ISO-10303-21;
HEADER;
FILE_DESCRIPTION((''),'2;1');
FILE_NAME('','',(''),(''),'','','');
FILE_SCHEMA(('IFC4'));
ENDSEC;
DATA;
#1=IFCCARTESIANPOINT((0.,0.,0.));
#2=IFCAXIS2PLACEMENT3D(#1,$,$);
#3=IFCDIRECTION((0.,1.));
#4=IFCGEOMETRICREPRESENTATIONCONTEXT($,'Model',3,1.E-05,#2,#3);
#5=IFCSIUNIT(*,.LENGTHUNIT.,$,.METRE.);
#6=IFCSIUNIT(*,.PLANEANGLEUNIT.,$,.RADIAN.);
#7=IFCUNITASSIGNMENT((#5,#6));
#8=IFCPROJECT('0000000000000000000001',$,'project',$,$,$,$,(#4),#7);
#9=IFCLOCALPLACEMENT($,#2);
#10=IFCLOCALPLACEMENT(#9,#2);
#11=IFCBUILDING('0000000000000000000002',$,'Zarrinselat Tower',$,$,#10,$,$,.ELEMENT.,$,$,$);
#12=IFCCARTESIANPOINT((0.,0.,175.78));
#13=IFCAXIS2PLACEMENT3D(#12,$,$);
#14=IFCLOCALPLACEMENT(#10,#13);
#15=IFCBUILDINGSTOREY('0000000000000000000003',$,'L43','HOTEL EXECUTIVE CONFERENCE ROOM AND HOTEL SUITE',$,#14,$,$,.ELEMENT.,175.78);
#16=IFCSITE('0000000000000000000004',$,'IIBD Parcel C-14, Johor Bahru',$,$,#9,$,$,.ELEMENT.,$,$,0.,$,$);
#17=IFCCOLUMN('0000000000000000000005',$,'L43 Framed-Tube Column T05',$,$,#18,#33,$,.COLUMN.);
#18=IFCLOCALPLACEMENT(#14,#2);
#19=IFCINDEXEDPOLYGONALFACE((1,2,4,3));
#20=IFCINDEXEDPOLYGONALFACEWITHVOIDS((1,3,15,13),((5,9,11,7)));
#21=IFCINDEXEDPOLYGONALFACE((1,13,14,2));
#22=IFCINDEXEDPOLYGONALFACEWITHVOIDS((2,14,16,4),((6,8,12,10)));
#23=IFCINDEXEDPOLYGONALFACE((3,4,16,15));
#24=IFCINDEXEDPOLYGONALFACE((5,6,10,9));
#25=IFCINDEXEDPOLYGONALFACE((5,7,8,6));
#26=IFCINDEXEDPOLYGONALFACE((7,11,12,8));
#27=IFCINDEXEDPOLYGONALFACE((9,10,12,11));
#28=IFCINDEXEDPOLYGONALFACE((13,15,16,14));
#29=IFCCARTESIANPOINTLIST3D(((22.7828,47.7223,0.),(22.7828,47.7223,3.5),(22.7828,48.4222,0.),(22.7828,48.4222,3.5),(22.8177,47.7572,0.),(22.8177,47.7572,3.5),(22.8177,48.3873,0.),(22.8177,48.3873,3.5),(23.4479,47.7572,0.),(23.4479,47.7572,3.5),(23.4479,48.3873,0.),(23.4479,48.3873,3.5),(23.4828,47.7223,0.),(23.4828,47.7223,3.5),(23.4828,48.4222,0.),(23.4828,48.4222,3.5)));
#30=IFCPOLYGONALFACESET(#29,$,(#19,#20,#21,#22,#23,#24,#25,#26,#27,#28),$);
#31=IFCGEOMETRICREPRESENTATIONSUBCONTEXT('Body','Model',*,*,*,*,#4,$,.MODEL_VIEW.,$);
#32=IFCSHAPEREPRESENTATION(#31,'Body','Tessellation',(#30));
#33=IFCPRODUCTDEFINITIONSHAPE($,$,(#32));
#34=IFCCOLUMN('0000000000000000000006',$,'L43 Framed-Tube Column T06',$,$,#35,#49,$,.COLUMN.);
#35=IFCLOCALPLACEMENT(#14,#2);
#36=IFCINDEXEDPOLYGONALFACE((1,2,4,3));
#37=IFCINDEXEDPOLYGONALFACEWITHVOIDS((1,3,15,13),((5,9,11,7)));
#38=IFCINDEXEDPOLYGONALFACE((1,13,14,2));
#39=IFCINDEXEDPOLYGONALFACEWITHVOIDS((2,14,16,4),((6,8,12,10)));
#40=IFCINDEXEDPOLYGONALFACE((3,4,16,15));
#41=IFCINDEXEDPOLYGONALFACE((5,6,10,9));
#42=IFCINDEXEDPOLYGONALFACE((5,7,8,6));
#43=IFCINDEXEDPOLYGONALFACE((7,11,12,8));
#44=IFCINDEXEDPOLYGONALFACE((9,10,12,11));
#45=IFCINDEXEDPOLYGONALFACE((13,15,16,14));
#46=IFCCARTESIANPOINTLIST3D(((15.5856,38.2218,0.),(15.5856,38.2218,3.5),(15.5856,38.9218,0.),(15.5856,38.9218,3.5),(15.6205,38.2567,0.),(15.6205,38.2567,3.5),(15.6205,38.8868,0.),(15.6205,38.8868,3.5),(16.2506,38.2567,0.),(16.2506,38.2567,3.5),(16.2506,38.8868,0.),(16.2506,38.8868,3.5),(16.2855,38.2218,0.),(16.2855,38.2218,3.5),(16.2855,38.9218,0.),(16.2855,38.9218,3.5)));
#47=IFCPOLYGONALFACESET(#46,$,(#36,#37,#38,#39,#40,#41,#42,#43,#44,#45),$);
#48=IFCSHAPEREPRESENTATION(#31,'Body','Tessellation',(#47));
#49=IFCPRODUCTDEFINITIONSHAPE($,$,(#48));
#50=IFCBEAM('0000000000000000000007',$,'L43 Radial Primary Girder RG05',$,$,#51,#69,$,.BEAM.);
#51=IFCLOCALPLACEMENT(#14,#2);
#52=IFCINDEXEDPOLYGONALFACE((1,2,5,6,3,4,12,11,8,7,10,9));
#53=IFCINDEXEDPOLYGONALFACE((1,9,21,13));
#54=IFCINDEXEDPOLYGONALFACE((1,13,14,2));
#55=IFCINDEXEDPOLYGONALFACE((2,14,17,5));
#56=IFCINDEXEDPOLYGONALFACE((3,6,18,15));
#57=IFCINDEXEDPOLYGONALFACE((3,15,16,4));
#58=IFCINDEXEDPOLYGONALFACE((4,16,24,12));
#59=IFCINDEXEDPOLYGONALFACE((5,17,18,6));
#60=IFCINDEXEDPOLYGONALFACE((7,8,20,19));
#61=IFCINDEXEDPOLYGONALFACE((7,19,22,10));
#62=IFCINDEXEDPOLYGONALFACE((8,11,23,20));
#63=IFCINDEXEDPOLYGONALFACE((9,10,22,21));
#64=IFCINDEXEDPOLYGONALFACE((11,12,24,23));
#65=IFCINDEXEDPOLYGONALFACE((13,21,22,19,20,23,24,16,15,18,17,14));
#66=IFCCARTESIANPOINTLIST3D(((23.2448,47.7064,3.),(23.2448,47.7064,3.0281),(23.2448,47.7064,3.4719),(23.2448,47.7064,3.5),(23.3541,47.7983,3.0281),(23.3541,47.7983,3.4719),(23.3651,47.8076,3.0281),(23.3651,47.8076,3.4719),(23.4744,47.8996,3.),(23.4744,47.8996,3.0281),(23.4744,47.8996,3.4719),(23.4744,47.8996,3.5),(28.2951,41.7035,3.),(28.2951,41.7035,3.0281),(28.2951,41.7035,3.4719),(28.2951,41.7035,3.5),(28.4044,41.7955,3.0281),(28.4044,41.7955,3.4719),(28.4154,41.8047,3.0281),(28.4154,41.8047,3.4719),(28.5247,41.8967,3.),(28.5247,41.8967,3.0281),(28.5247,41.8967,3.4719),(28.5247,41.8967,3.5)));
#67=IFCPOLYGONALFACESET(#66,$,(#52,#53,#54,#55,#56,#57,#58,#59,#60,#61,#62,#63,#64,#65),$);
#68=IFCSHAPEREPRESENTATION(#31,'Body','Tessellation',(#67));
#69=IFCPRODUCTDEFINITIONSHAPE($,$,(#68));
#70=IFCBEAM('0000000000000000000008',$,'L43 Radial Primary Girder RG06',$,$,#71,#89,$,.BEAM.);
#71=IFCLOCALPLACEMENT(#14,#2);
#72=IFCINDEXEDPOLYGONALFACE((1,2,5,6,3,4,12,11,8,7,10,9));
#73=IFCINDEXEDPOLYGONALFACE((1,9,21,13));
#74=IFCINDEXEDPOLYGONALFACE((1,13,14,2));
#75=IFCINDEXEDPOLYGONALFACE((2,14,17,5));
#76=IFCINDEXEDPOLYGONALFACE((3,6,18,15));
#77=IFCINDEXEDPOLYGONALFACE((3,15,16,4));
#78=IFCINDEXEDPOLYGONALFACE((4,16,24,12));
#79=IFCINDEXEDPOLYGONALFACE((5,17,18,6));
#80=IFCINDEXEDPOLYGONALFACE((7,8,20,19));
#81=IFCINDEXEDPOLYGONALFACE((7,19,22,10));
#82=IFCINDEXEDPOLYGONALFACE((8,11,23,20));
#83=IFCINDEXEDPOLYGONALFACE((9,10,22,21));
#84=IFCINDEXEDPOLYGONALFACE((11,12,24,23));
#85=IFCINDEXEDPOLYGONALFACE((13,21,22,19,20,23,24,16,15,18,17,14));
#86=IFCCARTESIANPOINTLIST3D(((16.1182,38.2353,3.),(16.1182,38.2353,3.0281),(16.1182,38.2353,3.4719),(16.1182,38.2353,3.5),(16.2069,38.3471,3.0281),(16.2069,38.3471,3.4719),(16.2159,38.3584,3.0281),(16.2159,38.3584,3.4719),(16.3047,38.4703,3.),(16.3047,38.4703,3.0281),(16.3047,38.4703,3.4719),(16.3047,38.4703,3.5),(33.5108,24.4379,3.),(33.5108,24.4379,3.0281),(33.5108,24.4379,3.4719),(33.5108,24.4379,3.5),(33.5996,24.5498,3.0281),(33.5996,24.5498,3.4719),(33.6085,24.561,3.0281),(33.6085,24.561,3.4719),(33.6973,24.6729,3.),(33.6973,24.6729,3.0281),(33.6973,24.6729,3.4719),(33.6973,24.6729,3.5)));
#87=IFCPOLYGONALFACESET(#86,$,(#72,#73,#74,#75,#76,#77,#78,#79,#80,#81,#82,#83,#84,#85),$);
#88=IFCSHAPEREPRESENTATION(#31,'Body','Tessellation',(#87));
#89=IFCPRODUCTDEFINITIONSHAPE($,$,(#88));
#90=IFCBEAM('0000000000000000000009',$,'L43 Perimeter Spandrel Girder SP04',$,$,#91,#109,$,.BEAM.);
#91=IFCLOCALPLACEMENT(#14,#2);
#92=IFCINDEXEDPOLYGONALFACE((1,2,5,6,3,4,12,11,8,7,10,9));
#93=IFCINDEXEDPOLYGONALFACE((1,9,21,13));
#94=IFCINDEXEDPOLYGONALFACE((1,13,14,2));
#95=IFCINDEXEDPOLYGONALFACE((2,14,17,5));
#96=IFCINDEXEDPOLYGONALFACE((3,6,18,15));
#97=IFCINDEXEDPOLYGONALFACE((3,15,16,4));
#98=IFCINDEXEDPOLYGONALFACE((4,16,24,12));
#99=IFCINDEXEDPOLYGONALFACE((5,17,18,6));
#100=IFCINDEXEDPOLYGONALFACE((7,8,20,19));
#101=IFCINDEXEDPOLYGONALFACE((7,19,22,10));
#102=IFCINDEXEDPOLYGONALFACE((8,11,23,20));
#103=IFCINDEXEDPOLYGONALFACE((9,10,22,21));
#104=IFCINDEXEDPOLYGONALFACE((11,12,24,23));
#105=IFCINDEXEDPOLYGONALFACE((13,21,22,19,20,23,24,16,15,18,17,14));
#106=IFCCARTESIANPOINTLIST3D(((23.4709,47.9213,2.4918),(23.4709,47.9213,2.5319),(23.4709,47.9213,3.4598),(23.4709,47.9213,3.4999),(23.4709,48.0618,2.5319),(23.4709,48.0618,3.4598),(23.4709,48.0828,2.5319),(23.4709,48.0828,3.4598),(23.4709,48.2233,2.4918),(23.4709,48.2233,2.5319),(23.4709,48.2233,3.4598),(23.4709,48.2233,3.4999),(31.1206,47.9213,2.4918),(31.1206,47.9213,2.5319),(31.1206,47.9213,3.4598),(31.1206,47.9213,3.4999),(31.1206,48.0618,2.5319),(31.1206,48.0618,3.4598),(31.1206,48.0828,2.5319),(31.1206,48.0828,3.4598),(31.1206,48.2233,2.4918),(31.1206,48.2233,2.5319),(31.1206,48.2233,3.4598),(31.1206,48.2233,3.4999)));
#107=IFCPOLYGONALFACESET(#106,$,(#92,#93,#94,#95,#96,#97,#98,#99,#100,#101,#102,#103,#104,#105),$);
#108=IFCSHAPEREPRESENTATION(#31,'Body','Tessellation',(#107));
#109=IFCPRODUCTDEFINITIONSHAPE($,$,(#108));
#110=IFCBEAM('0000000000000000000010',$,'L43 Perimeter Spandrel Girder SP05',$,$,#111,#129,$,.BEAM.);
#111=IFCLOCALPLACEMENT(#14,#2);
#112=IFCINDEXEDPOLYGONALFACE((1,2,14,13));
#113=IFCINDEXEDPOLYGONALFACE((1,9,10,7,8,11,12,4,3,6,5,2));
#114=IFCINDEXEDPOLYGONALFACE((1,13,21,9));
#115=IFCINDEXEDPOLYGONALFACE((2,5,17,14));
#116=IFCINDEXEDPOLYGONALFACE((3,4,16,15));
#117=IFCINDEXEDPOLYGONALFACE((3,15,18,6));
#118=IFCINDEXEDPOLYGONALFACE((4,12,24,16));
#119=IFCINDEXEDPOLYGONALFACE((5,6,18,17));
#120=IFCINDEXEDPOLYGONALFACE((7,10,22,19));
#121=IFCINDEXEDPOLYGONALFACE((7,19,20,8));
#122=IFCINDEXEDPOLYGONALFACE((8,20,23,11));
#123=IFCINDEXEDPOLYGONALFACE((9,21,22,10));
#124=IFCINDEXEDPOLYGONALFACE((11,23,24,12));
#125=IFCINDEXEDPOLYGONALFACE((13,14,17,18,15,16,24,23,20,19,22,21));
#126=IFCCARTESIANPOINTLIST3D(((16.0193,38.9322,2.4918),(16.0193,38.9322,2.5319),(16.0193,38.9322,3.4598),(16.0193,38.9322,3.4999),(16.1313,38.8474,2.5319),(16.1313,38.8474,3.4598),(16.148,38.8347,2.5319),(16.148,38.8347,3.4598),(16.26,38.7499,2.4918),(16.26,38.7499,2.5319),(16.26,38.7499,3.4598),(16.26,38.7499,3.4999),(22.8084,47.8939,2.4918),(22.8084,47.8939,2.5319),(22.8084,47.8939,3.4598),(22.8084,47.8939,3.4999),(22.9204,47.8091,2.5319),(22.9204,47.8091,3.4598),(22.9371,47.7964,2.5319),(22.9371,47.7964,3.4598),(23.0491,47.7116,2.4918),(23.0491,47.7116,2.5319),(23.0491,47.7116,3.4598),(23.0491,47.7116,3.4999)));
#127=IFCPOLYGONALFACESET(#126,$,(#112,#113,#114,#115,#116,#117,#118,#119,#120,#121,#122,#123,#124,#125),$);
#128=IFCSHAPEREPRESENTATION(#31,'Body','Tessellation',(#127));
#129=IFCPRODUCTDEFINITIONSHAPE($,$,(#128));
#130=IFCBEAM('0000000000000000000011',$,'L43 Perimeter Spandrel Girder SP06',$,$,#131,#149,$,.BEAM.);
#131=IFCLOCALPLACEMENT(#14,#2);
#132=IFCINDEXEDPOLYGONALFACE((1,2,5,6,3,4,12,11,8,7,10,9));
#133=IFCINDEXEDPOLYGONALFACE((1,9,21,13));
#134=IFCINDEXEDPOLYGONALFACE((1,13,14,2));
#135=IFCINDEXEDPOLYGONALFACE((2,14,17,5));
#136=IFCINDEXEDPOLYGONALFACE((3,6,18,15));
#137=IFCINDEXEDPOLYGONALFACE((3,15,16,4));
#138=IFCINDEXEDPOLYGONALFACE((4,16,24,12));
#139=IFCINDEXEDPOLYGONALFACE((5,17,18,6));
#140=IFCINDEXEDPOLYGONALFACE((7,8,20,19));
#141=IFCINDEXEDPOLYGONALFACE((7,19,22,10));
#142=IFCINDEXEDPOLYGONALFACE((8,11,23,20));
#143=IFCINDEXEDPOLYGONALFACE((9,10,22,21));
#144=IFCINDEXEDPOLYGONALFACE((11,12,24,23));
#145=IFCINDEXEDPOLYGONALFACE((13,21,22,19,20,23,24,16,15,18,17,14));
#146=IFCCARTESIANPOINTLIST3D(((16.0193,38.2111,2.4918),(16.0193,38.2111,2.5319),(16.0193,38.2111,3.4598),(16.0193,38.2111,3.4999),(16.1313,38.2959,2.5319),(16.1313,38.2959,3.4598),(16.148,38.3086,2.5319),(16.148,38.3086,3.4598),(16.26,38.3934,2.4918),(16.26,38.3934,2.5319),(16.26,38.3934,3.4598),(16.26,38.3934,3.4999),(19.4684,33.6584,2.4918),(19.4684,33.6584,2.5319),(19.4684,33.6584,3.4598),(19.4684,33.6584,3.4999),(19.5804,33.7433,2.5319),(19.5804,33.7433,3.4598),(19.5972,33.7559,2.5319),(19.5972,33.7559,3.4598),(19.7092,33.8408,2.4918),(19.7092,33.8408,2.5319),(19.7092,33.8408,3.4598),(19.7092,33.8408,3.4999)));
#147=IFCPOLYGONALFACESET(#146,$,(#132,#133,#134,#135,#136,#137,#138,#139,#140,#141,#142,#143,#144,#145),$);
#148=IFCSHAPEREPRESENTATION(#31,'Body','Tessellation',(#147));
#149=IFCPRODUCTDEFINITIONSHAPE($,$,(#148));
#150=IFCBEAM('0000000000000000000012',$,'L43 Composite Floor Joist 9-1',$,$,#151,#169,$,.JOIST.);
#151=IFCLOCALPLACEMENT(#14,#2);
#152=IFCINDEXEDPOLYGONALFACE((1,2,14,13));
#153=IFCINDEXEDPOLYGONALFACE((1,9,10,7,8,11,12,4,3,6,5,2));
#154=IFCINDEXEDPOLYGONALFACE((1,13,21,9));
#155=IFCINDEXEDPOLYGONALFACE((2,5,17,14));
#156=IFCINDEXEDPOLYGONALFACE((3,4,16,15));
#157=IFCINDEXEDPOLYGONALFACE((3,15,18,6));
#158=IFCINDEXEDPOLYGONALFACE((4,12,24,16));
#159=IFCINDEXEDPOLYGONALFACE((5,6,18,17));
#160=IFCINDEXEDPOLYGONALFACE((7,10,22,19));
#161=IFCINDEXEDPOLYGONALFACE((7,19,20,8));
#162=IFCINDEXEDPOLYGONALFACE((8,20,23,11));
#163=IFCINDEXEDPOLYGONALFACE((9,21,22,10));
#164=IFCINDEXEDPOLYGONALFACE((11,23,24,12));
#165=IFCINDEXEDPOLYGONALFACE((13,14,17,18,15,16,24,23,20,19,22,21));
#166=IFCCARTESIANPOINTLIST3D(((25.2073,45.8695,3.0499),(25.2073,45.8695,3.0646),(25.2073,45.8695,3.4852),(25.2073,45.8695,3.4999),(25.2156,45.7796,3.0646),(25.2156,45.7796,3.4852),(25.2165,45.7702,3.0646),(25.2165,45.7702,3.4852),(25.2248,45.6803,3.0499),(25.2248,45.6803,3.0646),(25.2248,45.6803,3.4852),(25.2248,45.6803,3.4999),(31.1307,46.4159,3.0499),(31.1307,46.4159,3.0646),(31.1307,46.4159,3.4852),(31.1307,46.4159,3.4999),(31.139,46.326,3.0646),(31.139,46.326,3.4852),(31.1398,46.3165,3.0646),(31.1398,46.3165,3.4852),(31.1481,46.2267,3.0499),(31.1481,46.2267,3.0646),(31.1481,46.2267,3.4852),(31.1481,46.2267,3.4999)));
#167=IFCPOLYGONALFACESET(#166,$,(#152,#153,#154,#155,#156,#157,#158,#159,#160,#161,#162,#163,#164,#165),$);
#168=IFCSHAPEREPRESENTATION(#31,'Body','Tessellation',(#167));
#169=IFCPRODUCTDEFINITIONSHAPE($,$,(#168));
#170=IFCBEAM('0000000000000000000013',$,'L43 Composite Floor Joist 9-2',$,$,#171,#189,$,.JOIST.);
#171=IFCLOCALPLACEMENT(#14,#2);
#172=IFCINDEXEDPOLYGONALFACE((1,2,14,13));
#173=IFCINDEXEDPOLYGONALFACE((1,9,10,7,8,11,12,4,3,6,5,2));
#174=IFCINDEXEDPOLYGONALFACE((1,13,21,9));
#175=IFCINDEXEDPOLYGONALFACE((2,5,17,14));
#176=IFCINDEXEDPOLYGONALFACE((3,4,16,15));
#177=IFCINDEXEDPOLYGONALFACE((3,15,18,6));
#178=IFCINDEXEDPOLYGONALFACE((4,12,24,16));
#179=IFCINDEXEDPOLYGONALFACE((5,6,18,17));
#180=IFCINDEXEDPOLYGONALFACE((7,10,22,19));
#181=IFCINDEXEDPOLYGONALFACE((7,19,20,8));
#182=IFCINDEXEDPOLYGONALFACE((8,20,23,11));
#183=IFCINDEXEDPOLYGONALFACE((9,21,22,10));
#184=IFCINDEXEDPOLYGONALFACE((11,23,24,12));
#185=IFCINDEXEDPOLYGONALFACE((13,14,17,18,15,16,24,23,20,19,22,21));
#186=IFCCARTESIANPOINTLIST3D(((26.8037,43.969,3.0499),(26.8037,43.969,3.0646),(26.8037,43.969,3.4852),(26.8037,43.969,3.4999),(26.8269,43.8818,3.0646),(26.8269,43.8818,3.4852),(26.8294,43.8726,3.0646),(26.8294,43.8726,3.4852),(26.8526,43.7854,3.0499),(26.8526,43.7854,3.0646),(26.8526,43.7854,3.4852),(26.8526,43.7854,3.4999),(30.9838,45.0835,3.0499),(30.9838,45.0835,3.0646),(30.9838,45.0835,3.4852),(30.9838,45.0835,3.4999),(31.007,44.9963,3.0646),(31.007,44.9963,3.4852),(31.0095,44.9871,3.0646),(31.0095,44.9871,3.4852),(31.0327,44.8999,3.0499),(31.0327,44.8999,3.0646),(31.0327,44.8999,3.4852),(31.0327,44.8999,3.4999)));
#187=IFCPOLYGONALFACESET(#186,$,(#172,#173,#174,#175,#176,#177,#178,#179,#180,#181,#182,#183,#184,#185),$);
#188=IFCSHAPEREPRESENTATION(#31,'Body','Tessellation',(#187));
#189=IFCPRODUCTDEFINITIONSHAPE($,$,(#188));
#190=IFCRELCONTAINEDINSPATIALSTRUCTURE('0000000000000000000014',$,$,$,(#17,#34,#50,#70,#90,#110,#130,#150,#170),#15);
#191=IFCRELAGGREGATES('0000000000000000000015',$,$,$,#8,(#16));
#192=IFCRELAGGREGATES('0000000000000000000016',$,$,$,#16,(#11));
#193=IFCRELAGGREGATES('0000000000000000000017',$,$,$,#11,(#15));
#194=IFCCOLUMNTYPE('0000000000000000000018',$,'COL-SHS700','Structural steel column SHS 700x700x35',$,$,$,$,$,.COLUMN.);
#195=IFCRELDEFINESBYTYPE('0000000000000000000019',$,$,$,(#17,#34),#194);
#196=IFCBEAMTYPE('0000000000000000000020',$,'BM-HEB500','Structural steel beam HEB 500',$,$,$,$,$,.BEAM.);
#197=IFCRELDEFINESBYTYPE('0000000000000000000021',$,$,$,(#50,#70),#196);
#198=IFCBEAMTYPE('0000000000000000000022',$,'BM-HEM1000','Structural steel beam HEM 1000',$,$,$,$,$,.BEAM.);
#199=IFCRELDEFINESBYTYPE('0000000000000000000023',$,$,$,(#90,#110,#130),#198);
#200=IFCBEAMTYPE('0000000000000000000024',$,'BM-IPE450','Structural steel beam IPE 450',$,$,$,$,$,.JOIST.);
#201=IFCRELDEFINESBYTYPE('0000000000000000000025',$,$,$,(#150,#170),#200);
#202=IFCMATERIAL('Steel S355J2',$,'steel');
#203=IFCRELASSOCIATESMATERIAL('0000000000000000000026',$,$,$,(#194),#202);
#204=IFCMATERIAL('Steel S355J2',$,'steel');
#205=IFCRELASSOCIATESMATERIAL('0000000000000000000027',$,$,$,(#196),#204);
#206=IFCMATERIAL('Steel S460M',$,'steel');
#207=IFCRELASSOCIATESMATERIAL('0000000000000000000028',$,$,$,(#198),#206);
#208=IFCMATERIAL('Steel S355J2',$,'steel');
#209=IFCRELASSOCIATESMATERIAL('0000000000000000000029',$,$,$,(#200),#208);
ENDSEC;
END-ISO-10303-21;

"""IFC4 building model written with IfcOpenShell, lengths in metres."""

from ifc_helpers import new_model, si_unit, direction, frame, origin, origin_2d, place, context, subcontext, project, spatial, hollow_rectangle, i_section, extrude, material, material_profile, profile_set, type_object, element, save


model = new_model("IFC4")

# Units and contexts
model_context = context("Model", 3, precision=1e-05, world=origin(), true_north=direction((0.0, 1.0)))
body_context = subcontext(model_context, "Body", "Model", "MODEL_VIEW")
ifc_project = project(units=[si_unit("LENGTHUNIT", "METRE"), si_unit("PLANEANGLEUNIT", "RADIAN")], contexts=[model_context])

# Site, building, storey
site_placement = place(None, origin())
site = spatial("IfcSite", under=ifc_project, at=site_placement, Name="IIBD Parcel C-14, Johor Bahru", CompositionType="ELEMENT", RefElevation=0.0)
building_placement = place(site_placement, origin())
building = spatial("IfcBuilding", under=site, at=building_placement, Name="Zarrinselat Tower", CompositionType="ELEMENT")
storey_placement = place(building_placement, frame((0.0, 0.0, 175.78)))
storey = spatial("IfcBuildingStorey", under=building, at=storey_placement, Name="L43", Description="HOTEL EXECUTIVE CONFERENCE ROOM AND HOTEL SUITE", CompositionType="ELEMENT", Elevation=175.78)

# Columns
ifc_material_1 = material(Name="Steel S355J2", Category="steel")
ifc_material_profile_1 = material_profile(ifc_material_1, hollow_rectangle(XDim=0.7, YDim=0.7, WallThickness=0.0349, at=origin_2d()), Name="SHS 700x700x35")
ifc_profile_set_1 = profile_set([ifc_material_profile_1], Name="Steel S355J2")
column_type = type_object("IfcColumnType", Name="COL-SHS700", Description="Structural steel column SHS 700x700x35", PredefinedType="COLUMN", material=ifc_profile_set_1)
for number, where, z_axis, x_axis, name in (
    (1, (23.1328, 48.0723, 0.0), (0.0, 0.0, 1.0), (1.0, 0.0, 0.0), "L43 Framed-Tube Column T05"),
    (2, (15.9355, 38.5718, 0.0), (0.0, 0.0, 1.0), (1.0, 0.0, 0.0), "L43 Framed-Tube Column T06"),
):
    element("IfcColumn", number, at=place(storey_placement, frame(where, z_axis=z_axis, x_axis=x_axis)), inside=storey, type_object=column_type, Name=name, PredefinedType="COLUMN", context=body_context, shape_type="SweptSolid", body=[
        extrude(hollow_rectangle(XDim=0.7, YDim=0.7, WallThickness=0.0349, at=origin_2d()), origin(), (0.0, 0.0, 1.0), 3.5),
    ])

# Beams
ifc_material_2 = material(Name="Steel S355J2", Category="steel")
ifc_material_profile_2 = material_profile(ifc_material_2, i_section(OverallWidth=0.3, OverallDepth=0.5, WebThickness=0.0144, FlangeThickness=0.0281, at=origin_2d()), Name="HEB 500")
ifc_profile_set_2 = profile_set([ifc_material_profile_2], Name="Steel S355J2")
beam_type_1 = type_object("IfcBeamType", Name="BM-HEB500", Description="Structural steel beam HEB 500", PredefinedType="BEAM", material=ifc_profile_set_2)
beam_1_placement = place(storey_placement, frame((23.3596, 47.803, 3.25), z_axis=(0.643777, -0.765213, 0.0), x_axis=(0.765213, 0.643777, 0.0)))
element("IfcBeam", 3, at=beam_1_placement, inside=storey, type_object=beam_type_1, Name="L43 Radial Primary Girder RG05", PredefinedType="BEAM", context=body_context, shape_type="SweptSolid", body=[
    extrude(i_section(OverallWidth=0.3, OverallDepth=0.5, WebThickness=0.0144, FlangeThickness=0.0281, at=origin_2d()), origin(), (0.0, 0.0, 1.0), 7.8447),
])
beam_2_placement = place(storey_placement, frame((16.2114, 38.3528, 3.25), z_axis=(0.783426, -0.621485, 0.0), x_axis=(0.621485, 0.783426, 0.0)))
element("IfcBeam", 4, at=beam_2_placement, inside=storey, type_object=beam_type_1, Name="L43 Radial Primary Girder RG06", PredefinedType="BEAM", context=body_context, shape_type="SweptSolid", body=[
    extrude(i_section(OverallWidth=0.3, OverallDepth=0.5, WebThickness=0.0144, FlangeThickness=0.0281, at=origin_2d()), origin(), (0.0, 0.0, 1.0), 22.2007),
])
ifc_material_3 = material(Name="Steel S460M", Category="steel")
ifc_material_profile_3 = material_profile(ifc_material_3, i_section(OverallWidth=0.302, OverallDepth=1.0081, WebThickness=0.021, FlangeThickness=0.04, at=origin_2d()), Name="HEM 1000")
ifc_profile_set_3 = profile_set([ifc_material_profile_3], Name="Steel S460M")
beam_type_2 = type_object("IfcBeamType", Name="BM-HEM1000", Description="Structural steel beam HEM 1000", PredefinedType="BEAM", material=ifc_profile_set_3)
beam_3_placement = place(storey_placement, frame((23.4709, 48.0723, 2.9958), z_axis=(1.0, 0.0, 0.0), x_axis=(0.0, 1.0, 0.0)))
element("IfcBeam", 5, at=beam_3_placement, inside=storey, type_object=beam_type_2, Name="L43 Perimeter Spandrel Girder SP04", PredefinedType="BEAM", context=body_context, shape_type="SweptSolid", body=[
    extrude(i_section(OverallWidth=0.302, OverallDepth=1.0081, WebThickness=0.021, FlangeThickness=0.04, at=origin_2d()), origin(), (0.0, 0.0, 1.0), 7.6497),
])
beam_4_placement = place(storey_placement, frame((16.1396, 38.8411, 2.9958), z_axis=(0.603853, 0.797096, 0.0), x_axis=(-0.797096, 0.603853, 0.0)))
element("IfcBeam", 6, at=beam_4_placement, inside=storey, type_object=beam_type_2, Name="L43 Perimeter Spandrel Girder SP05", PredefinedType="BEAM", context=body_context, shape_type="SweptSolid", body=[
    extrude(i_section(OverallWidth=0.302, OverallDepth=1.0081, WebThickness=0.021, FlangeThickness=0.04, at=origin_2d()), origin(), (0.0, 0.0, 1.0), 11.2429),
])
beam_5_placement = place(storey_placement, frame((16.1396, 38.3022, 2.9958), z_axis=(0.603877, -0.797077, 0.0), x_axis=(0.797077, 0.603877, 0.0)))
element("IfcBeam", 7, at=beam_5_placement, inside=storey, type_object=beam_type_2, Name="L43 Perimeter Spandrel Girder SP06", PredefinedType="BEAM", context=body_context, shape_type="SweptSolid", body=[
    extrude(i_section(OverallWidth=0.302, OverallDepth=1.0081, WebThickness=0.021, FlangeThickness=0.04, at=origin_2d()), origin(), (0.0, 0.0, 1.0), 5.7117),
])
ifc_material_4 = material(Name="Steel S355J2", Category="steel")
ifc_material_profile_4 = material_profile(ifc_material_4, i_section(OverallWidth=0.1899, OverallDepth=0.45, WebThickness=0.0095, FlangeThickness=0.0146, at=origin_2d()), Name="IPE 450")
ifc_profile_set_4 = profile_set([ifc_material_profile_4], Name="Steel S355J2")
beam_type_3 = type_object("IfcBeamType", Name="BM-IPE450", Description="Structural steel beam IPE 450", PredefinedType="JOIST", material=ifc_profile_set_4)
beam_6_placement = place(storey_placement, frame((25.2161, 45.7749, 3.2749), z_axis=(0.995773, 0.091853, 0.0), x_axis=(-0.091853, 0.995773, 0.0)))
element("IfcBeam", 8, at=beam_6_placement, inside=storey, type_object=beam_type_3, Name="L43 Composite Floor Joist 9-1", PredefinedType="JOIST", context=body_context, shape_type="SweptSolid", body=[
    extrude(i_section(OverallWidth=0.1899, OverallDepth=0.45, WebThickness=0.0095, FlangeThickness=0.0146, at=origin_2d()), origin(), (0.0, 0.0, 1.0), 5.9485),
])
beam_7_placement = place(storey_placement, frame((26.8281, 43.8772, 3.2749), z_axis=(0.966247, 0.257617, 0.0), x_axis=(-0.257617, 0.966247, 0.0)))
element("IfcBeam", 9, at=beam_7_placement, inside=storey, type_object=beam_type_3, Name="L43 Composite Floor Joist 9-2", PredefinedType="JOIST", context=body_context, shape_type="SweptSolid", body=[
    extrude(i_section(OverallWidth=0.1899, OverallDepth=0.45, WebThickness=0.0095, FlangeThickness=0.0146, at=origin_2d()), origin(), (0.0, 0.0, 1.0), 4.3262),
])

save(model, "model.ifc")
